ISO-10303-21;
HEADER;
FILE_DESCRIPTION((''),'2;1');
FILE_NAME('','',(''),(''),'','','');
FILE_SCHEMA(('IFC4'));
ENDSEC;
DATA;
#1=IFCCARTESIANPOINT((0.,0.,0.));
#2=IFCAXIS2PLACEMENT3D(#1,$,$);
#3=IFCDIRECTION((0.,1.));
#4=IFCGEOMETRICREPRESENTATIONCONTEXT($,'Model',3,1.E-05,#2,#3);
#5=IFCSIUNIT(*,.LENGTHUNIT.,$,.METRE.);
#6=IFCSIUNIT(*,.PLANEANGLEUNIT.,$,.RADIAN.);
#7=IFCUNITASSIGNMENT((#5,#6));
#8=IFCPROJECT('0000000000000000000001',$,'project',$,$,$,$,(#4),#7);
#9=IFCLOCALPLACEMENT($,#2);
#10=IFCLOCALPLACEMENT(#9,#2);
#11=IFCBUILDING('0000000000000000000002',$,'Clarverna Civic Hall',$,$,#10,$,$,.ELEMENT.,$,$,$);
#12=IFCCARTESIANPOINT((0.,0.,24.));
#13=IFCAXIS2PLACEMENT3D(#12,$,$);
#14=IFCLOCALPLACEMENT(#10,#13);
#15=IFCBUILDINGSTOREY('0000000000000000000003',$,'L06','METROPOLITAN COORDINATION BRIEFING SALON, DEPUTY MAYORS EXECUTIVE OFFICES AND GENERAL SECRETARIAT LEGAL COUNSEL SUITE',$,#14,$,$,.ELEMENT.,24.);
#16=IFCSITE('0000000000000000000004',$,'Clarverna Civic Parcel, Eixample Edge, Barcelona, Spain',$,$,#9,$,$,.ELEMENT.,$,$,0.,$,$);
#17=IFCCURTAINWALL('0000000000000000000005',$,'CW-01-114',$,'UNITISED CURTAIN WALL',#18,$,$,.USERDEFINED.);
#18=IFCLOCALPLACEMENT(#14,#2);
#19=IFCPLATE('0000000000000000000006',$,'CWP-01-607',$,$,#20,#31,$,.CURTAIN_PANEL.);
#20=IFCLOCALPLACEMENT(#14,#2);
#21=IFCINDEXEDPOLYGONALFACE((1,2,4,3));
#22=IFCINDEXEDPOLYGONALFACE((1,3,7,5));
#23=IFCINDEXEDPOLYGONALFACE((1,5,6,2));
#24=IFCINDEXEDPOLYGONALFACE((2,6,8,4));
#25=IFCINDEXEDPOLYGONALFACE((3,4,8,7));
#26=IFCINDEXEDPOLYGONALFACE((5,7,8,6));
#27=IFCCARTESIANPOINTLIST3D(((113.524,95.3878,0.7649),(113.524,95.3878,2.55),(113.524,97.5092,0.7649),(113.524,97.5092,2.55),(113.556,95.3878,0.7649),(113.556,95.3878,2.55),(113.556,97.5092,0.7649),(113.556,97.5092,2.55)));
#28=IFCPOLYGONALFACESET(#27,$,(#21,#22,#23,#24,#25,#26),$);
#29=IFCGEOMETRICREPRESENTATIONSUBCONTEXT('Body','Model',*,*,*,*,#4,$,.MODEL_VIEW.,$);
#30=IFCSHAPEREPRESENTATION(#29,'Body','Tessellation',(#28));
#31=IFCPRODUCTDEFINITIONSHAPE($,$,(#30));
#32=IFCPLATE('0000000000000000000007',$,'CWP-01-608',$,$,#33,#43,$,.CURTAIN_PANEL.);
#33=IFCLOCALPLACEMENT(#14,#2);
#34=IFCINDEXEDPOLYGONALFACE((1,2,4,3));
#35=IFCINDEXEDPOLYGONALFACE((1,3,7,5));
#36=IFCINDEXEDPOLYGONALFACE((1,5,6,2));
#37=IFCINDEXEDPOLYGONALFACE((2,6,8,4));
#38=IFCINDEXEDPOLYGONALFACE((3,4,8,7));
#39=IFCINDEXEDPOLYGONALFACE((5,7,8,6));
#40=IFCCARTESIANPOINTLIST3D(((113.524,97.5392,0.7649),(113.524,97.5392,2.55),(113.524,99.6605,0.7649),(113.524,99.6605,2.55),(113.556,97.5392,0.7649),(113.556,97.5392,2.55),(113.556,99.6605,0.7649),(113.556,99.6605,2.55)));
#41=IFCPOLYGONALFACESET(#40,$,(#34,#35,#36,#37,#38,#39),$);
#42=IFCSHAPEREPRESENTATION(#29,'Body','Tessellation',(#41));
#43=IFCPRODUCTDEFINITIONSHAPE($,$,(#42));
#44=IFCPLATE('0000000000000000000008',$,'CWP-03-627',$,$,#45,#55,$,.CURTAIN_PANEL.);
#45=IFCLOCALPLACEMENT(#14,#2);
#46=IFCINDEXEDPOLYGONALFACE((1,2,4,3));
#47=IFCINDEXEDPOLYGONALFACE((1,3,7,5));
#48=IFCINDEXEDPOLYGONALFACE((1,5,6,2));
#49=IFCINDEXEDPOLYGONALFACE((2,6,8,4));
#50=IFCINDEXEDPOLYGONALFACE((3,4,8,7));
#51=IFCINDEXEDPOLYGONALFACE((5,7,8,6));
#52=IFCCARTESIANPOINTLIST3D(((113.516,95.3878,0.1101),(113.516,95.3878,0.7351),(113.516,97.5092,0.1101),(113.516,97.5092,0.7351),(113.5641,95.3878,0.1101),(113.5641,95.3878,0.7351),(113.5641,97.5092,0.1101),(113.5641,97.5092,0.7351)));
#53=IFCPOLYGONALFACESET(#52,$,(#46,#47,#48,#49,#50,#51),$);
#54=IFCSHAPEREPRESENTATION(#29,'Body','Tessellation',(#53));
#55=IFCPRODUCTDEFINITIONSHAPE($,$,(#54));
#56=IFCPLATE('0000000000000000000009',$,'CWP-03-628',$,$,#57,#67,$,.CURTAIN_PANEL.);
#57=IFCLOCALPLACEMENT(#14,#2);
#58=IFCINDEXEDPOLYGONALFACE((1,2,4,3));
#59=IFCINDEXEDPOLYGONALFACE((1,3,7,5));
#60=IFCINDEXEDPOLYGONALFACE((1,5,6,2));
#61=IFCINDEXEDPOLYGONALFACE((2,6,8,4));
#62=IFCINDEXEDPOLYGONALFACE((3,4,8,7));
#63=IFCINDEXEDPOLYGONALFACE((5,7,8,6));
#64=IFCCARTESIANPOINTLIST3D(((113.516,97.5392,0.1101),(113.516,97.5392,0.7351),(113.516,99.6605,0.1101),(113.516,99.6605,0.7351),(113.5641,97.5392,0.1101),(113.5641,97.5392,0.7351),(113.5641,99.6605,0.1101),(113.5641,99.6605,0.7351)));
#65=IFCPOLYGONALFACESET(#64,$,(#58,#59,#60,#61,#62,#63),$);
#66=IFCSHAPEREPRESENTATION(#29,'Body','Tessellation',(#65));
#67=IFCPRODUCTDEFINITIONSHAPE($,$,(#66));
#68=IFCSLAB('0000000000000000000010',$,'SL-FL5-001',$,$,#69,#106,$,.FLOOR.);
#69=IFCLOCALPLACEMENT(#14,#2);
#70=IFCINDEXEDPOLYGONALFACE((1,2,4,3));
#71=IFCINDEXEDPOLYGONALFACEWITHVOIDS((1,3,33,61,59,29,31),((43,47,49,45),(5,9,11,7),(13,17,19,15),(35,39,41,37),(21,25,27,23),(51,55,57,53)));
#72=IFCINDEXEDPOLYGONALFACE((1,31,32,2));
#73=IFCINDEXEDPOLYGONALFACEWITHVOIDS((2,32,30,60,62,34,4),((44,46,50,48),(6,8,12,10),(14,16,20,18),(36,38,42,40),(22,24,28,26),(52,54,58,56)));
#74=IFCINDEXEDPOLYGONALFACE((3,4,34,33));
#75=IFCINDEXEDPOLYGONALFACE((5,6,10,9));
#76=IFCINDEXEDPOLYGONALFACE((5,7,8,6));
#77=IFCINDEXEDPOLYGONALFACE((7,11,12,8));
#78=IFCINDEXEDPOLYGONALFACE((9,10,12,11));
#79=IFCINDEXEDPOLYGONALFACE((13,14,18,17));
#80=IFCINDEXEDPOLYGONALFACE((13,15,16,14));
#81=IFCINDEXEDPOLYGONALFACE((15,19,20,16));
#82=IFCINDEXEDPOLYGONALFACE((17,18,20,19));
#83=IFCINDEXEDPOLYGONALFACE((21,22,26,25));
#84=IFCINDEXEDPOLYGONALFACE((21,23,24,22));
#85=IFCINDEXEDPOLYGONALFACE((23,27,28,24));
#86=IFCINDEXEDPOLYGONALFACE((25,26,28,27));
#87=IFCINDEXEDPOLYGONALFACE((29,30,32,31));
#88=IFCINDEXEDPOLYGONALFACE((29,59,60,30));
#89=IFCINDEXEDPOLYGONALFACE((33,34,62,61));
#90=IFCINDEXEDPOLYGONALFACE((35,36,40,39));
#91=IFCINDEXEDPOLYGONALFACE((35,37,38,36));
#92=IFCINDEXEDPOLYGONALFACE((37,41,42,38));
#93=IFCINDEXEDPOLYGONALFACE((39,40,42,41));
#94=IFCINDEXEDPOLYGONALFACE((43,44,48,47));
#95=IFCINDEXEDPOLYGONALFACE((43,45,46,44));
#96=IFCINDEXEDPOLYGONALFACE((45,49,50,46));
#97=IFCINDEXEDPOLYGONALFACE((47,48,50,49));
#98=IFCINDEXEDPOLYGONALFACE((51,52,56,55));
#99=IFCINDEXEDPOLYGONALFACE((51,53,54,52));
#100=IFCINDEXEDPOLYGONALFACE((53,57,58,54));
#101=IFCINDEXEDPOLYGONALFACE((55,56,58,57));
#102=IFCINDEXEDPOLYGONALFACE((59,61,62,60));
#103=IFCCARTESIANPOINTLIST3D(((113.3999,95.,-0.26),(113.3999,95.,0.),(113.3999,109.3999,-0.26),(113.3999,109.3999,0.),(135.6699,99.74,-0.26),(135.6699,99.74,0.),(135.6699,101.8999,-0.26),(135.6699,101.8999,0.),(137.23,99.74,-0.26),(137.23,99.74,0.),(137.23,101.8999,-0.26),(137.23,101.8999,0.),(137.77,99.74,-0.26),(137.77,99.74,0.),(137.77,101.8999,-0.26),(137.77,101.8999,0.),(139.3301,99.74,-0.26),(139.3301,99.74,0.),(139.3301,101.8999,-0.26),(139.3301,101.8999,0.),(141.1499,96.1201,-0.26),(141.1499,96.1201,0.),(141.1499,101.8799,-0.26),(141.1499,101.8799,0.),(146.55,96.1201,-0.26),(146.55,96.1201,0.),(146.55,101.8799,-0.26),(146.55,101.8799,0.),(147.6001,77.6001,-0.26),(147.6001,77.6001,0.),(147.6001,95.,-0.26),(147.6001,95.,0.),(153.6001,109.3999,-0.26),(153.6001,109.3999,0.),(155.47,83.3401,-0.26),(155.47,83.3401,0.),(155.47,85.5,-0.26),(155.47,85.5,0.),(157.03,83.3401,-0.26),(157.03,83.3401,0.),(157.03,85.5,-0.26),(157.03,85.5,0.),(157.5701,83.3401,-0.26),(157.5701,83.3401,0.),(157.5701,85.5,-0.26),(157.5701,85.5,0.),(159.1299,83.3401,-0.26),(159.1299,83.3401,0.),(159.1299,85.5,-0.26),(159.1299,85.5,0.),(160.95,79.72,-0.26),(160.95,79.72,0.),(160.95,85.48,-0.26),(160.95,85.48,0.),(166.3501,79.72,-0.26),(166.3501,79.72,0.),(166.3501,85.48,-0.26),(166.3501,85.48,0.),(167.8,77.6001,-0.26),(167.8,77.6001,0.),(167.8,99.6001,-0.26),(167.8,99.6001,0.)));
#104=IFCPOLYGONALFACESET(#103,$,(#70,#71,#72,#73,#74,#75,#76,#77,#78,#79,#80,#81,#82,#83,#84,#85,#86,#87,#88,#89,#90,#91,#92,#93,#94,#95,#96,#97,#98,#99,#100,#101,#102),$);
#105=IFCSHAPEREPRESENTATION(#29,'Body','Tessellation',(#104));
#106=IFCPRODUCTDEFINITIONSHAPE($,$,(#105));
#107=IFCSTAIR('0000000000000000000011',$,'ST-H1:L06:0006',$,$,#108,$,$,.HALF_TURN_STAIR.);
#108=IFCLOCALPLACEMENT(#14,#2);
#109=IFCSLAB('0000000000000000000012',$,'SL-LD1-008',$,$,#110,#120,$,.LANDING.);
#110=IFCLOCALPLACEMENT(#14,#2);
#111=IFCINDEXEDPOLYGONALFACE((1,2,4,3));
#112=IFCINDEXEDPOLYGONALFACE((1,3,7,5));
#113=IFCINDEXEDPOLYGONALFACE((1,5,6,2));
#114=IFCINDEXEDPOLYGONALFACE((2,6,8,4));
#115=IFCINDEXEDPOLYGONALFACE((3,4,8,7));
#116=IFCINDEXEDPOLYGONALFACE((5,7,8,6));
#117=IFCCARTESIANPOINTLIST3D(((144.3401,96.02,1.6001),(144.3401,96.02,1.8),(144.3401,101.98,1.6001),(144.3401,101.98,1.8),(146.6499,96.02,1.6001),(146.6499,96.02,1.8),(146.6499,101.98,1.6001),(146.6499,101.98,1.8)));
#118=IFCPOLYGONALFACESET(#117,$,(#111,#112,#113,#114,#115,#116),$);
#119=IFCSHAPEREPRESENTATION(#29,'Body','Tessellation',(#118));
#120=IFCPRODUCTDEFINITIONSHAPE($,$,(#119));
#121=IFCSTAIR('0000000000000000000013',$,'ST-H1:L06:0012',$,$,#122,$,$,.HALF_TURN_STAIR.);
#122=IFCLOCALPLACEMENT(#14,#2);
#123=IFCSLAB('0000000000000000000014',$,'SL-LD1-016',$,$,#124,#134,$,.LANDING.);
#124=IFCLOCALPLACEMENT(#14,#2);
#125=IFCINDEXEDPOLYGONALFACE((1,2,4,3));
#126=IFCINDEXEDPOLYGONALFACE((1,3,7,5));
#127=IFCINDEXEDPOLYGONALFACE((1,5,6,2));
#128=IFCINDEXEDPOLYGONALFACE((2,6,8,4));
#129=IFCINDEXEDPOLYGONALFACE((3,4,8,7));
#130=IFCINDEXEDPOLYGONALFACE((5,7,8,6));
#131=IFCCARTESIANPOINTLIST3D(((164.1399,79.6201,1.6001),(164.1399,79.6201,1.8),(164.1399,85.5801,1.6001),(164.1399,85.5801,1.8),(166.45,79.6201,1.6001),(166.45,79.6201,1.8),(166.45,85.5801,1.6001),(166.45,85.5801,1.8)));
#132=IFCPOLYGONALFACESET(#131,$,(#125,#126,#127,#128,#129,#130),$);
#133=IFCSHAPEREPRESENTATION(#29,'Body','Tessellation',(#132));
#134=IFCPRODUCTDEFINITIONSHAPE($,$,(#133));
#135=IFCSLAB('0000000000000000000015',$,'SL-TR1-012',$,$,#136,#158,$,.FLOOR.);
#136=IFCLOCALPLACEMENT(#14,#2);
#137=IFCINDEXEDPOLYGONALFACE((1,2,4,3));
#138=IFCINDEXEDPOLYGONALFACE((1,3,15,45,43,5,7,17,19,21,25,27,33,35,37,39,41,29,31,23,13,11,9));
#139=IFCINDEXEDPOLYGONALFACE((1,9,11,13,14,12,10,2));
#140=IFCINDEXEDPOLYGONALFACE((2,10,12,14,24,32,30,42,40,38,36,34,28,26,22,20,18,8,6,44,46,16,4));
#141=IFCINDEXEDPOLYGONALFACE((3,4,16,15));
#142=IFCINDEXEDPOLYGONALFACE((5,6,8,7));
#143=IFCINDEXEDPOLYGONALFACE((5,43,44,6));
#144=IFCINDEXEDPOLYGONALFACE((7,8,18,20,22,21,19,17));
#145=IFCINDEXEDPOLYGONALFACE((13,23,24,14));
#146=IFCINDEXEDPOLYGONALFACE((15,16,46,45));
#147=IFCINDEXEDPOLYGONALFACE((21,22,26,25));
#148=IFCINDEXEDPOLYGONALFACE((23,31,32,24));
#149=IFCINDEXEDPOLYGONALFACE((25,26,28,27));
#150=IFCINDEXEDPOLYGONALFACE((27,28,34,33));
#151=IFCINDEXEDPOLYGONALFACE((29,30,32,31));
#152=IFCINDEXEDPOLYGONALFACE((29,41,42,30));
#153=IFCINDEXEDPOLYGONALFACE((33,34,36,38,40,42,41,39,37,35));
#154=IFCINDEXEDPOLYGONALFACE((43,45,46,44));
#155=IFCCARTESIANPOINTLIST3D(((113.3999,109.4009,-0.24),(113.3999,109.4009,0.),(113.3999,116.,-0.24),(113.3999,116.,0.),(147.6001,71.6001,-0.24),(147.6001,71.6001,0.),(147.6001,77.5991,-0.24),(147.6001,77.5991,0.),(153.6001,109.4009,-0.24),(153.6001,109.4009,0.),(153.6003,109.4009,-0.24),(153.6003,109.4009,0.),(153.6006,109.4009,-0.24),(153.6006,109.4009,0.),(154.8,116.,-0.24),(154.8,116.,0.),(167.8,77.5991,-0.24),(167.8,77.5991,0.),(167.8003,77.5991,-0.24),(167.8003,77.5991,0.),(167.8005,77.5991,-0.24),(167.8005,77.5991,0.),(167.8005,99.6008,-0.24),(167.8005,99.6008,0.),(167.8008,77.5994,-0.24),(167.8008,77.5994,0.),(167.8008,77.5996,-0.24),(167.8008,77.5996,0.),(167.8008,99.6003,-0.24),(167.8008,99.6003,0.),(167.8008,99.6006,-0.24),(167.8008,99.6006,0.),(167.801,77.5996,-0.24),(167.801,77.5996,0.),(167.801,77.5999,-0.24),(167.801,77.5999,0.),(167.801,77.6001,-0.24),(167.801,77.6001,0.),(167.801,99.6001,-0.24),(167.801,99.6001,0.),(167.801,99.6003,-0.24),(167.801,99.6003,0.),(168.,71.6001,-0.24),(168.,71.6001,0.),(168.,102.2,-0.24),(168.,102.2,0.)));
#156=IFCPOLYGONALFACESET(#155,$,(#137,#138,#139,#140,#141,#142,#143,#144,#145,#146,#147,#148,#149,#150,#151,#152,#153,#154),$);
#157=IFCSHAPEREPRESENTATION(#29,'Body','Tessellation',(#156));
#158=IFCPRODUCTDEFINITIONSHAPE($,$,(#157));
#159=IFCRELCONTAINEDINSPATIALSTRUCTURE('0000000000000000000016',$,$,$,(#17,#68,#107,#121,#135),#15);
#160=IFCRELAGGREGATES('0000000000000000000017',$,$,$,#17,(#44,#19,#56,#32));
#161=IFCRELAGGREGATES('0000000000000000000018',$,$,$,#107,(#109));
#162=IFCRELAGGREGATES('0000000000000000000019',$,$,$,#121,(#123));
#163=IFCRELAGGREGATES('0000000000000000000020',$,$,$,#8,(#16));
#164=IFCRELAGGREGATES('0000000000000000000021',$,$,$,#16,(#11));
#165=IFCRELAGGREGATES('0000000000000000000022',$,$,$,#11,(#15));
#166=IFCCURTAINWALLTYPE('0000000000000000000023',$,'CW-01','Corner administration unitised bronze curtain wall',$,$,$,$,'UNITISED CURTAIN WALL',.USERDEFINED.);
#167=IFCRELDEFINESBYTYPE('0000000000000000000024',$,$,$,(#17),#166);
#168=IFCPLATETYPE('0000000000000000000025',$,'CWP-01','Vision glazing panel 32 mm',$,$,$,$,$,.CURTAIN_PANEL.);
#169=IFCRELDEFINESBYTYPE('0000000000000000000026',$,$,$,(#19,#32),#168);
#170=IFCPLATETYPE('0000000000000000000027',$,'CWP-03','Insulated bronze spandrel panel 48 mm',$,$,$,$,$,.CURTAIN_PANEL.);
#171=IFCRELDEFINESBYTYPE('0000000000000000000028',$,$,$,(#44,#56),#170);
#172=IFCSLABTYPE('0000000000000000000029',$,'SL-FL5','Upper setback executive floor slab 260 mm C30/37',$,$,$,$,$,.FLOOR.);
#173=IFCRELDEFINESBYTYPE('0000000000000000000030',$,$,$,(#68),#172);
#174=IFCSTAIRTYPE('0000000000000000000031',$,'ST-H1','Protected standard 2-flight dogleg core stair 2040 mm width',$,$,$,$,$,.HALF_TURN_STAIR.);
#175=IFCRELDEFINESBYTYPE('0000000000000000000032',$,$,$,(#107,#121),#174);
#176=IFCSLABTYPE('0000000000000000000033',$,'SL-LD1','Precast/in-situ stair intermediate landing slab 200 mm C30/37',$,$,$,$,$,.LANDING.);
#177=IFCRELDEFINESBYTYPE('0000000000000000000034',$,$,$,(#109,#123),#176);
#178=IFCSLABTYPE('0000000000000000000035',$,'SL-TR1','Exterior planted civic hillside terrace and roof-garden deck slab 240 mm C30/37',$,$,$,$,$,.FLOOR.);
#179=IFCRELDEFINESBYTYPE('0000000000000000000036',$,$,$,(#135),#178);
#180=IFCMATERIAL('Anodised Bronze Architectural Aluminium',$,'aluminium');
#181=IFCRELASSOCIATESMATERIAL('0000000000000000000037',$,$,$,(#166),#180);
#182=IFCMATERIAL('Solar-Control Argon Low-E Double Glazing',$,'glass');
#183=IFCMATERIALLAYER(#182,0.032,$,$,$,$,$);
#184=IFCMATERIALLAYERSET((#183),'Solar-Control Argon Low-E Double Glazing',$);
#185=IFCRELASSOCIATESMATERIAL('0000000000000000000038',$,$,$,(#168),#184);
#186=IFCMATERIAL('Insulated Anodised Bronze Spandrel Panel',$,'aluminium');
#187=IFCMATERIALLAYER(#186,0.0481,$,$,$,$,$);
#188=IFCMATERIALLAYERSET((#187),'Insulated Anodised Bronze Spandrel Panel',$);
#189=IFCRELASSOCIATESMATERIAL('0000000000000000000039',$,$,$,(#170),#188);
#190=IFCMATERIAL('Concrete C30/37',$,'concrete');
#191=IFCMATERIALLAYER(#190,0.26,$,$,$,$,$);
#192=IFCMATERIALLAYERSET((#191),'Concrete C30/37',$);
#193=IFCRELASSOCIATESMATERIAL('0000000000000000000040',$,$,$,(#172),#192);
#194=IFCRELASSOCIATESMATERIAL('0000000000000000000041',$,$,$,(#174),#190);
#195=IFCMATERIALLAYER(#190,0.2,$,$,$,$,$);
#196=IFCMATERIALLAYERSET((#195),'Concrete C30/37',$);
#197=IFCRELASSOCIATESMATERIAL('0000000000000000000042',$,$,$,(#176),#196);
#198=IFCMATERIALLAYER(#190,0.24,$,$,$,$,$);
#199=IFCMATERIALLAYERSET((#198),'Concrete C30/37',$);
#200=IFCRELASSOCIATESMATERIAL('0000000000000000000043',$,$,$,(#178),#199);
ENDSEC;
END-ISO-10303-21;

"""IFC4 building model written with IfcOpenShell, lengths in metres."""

from ifc_helpers import new_model, si_unit, direction, frame, frame_2d, origin, place, context, subcontext, project, spatial, polyline, rectangle, outline, extrude, material, layer, layer_set, type_object, element, aggregate, save


model = new_model("IFC4")

# Units and contexts
model_context = context("Model", 3, precision=1e-05, world=origin(), true_north=direction((0.0, 1.0)))
body_context = subcontext(model_context, "Body", "Model", "MODEL_VIEW")
ifc_project = project(units=[si_unit("LENGTHUNIT", "METRE"), si_unit("PLANEANGLEUNIT", "RADIAN")], contexts=[model_context])

# Site, building, storey
site_placement = place(None, origin())
site = spatial("IfcSite", under=ifc_project, at=site_placement, Name="Clarverna Civic Parcel, Eixample Edge, Barcelona, Spain", CompositionType="ELEMENT", RefElevation=0.0)
building_placement = place(site_placement, origin())
building = spatial("IfcBuilding", under=site, at=building_placement, Name="Clarverna Civic Hall", CompositionType="ELEMENT")
storey_placement = place(building_placement, frame((0.0, 0.0, 24.0)))
storey = spatial("IfcBuildingStorey", under=building, at=storey_placement, Name="L06", Description="METROPOLITAN COORDINATION BRIEFING SALON, DEPUTY MAYORS EXECUTIVE OFFICES AND GENERAL SECRETARIAT LEGAL COUNSEL SUITE", CompositionType="ELEMENT", Elevation=24.0)

# Curtain wall, plates
ifc_material_1 = material(Name="Anodised Bronze Architectural Aluminium", Category="aluminium")
curtain_wall_type = type_object("IfcCurtainWallType", Name="CW-01", Description="Corner administration unitised bronze curtain wall", ElementType="UNITISED CURTAIN WALL", PredefinedType="USERDEFINED", material=ifc_material_1)
curtain_wall_placement = place(storey_placement, origin())
curtain_wall = element("IfcCurtainWall", 1, at=curtain_wall_placement, inside=storey, type_object=curtain_wall_type, Name="CW-01-114", ObjectType="UNITISED CURTAIN WALL", PredefinedType="USERDEFINED")
ifc_material_2 = material(Name="Solar-Control Argon Low-E Double Glazing", Category="glass")
ifc_layer_1 = layer(ifc_material_2, 0.032)
ifc_layer_set_1 = layer_set([ifc_layer_1], Name="Solar-Control Argon Low-E Double Glazing")
plate_type_1 = type_object("IfcPlateType", Name="CWP-01", Description="Vision glazing panel 32 mm", PredefinedType="CURTAIN_PANEL", material=ifc_layer_set_1)
plate_1_placement = place(storey_placement, frame((113.54, 95.3879, 0.7649), z_axis=(0.0, 0.0, 1.0), x_axis=(0.0, 1.0, 0.0)))
plate_1 = element("IfcPlate", 2, at=plate_1_placement, type_object=plate_type_1, Name="CWP-01-607", PredefinedType="CURTAIN_PANEL", context=body_context, shape_type="SweptSolid", body=[
    extrude(rectangle(XDim=2.1213, YDim=0.032, at=frame_2d((1.0605, 0.0))), origin(), (0.0, 0.0, 1.0), 1.7852),
])
plate_2_placement = place(storey_placement, frame((113.54, 97.5393, 0.7649), z_axis=(0.0, 0.0, 1.0), x_axis=(0.0, 1.0, 0.0)))
plate_2 = element("IfcPlate", 3, at=plate_2_placement, type_object=plate_type_1, Name="CWP-01-608", PredefinedType="CURTAIN_PANEL", context=body_context, shape_type="SweptSolid", body=[
    extrude(rectangle(XDim=2.1213, YDim=0.032, at=frame_2d((1.0605, 0.0))), origin(), (0.0, 0.0, 1.0), 1.7852),
])
ifc_material_3 = material(Name="Insulated Anodised Bronze Spandrel Panel", Category="aluminium")
ifc_layer_2 = layer(ifc_material_3, 0.0481)
ifc_layer_set_2 = layer_set([ifc_layer_2], Name="Insulated Anodised Bronze Spandrel Panel")
plate_type_2 = type_object("IfcPlateType", Name="CWP-03", Description="Insulated bronze spandrel panel 48 mm", PredefinedType="CURTAIN_PANEL", material=ifc_layer_set_2)
plate_3_placement = place(storey_placement, frame((113.54, 95.3879, 0.1101), z_axis=(0.0, 0.0, 1.0), x_axis=(0.0, 1.0, 0.0)))
plate_3 = element("IfcPlate", 4, at=plate_3_placement, type_object=plate_type_2, Name="CWP-03-627", PredefinedType="CURTAIN_PANEL", context=body_context, shape_type="SweptSolid", body=[
    extrude(rectangle(XDim=2.1213, YDim=0.0481, at=frame_2d((1.0605, 0.0))), origin(), (0.0, 0.0, 1.0), 0.625),
])
plate_4_placement = place(storey_placement, frame((113.54, 97.5393, 0.1101), z_axis=(0.0, 0.0, 1.0), x_axis=(0.0, 1.0, 0.0)))
plate_4 = element("IfcPlate", 5, at=plate_4_placement, type_object=plate_type_2, Name="CWP-03-628", PredefinedType="CURTAIN_PANEL", context=body_context, shape_type="SweptSolid", body=[
    extrude(rectangle(XDim=2.1213, YDim=0.0481, at=frame_2d((1.0605, 0.0))), origin(), (0.0, 0.0, 1.0), 0.625),
])
aggregate(curtain_wall, [plate_3, plate_1, plate_4, plate_2])

# Slab
ifc_material_4 = material(Name="Concrete C30/37", Category="concrete")
ifc_layer_3 = layer(ifc_material_4, 0.26)
ifc_layer_set_3 = layer_set([ifc_layer_3], Name="Concrete C30/37")
slab_type_1 = type_object("IfcSlabType", Name="SL-FL5", Description="Upper setback executive floor slab 260 mm C30/37", PredefinedType="FLOOR", material=ifc_layer_set_3)
slab_1_placement = place(storey_placement, frame((0.0, 0.0, -0.26)))
element("IfcSlab", 6, at=slab_1_placement, inside=storey, type_object=slab_type_1, Name="SL-FL5-001", PredefinedType="FLOOR", context=body_context, shape_type="SweptSolid", body=[
    extrude(outline(polyline([(113.3999, 95.0), (147.6001, 95.0), (147.6001, 77.6001), (167.8, 77.6001), (167.8, 99.6001), (153.6001, 109.3999), (113.3999, 109.3999), (113.3999, 95.0)]), holes=[polyline([(141.1499, 96.1201), (146.55, 96.1201), (146.55, 101.8799), (141.1499, 101.8799), (141.1499, 96.1201)]), polyline([(135.6699, 99.74), (137.23, 99.74), (137.23, 101.8999), (135.6699, 101.8999), (135.6699, 99.74)]), polyline([(137.77, 99.74), (139.3301, 99.74), (139.3301, 101.8999), (137.77, 101.8999), (137.77, 99.74)]), polyline([(160.95, 79.72), (166.3501, 79.72), (166.3501, 85.48), (160.95, 85.48), (160.95, 79.72)]), polyline([(155.47, 83.3401), (157.03, 83.3401), (157.03, 85.5), (155.47, 85.5), (155.47, 83.3401)]), polyline([(157.5701, 83.3401), (159.1299, 83.3401), (159.1299, 85.5), (157.5701, 85.5), (157.5701, 83.3401)])]), origin(), (0.0, 0.0, 1.0), 0.26),
])

# Stairs, slabs
stair_type = type_object("IfcStairType", Name="ST-H1", Description="Protected standard 2-flight dogleg core stair 2040 mm width", PredefinedType="HALF_TURN_STAIR", material=ifc_material_4)
stair_1_placement = place(storey_placement, origin())
stair_1 = element("IfcStair", 7, at=stair_1_placement, inside=storey, type_object=stair_type, Name="ST-H1:L06:0006", PredefinedType="HALF_TURN_STAIR")
ifc_layer_4 = layer(ifc_material_4, 0.2)
ifc_layer_set_4 = layer_set([ifc_layer_4], Name="Concrete C30/37")
slab_type_2 = type_object("IfcSlabType", Name="SL-LD1", Description="Precast/in-situ stair intermediate landing slab 200 mm C30/37", PredefinedType="LANDING", material=ifc_layer_set_4)
slab_2_placement = place(storey_placement, frame((0.0, 0.0, 1.6001)))
slab_2 = element("IfcSlab", 8, at=slab_2_placement, type_object=slab_type_2, Name="SL-LD1-008", PredefinedType="LANDING", context=body_context, shape_type="SweptSolid", body=[
    extrude(outline(polyline([(144.3401, 96.02), (146.6499, 96.02), (146.6499, 101.98), (144.3401, 101.98), (144.3401, 96.02)])), origin(), (0.0, 0.0, 1.0), 0.2),
])
aggregate(stair_1, [slab_2])
stair_2_placement = place(storey_placement, origin())
stair_2 = element("IfcStair", 9, at=stair_2_placement, inside=storey, type_object=stair_type, Name="ST-H1:L06:0012", PredefinedType="HALF_TURN_STAIR")
slab_3_placement = place(storey_placement, frame((0.0, 0.0, 1.6001)))
slab_3 = element("IfcSlab", 10, at=slab_3_placement, type_object=slab_type_2, Name="SL-LD1-016", PredefinedType="LANDING", context=body_context, shape_type="SweptSolid", body=[
    extrude(outline(polyline([(164.1399, 79.6201), (166.45, 79.6201), (166.45, 85.5801), (164.1399, 85.5801), (164.1399, 79.6201)])), origin(), (0.0, 0.0, 1.0), 0.2),
])
aggregate(stair_2, [slab_3])

# Slab
ifc_layer_5 = layer(ifc_material_4, 0.24)
ifc_layer_set_5 = layer_set([ifc_layer_5], Name="Concrete C30/37")
slab_type_3 = type_object("IfcSlabType", Name="SL-TR1", Description="Exterior planted civic hillside terrace and roof-garden deck slab 240 mm C30/37", PredefinedType="FLOOR", material=ifc_layer_set_5)
slab_4_placement = place(storey_placement, frame((0.0, 0.0, -0.24)))
element("IfcSlab", 11, at=slab_4_placement, inside=storey, type_object=slab_type_3, Name="SL-TR1-012", PredefinedType="FLOOR", context=body_context, shape_type="SweptSolid", body=[
    extrude(outline(polyline([(113.3999, 116.0), (113.3999, 109.4009), (153.6001, 109.4009), (153.6001, 109.4009), (153.6001, 109.4009), (153.6003, 109.4009), (153.6003, 109.4009), (153.6006, 109.4009), (153.6006, 109.4009), (167.8005, 99.6008), (167.8005, 99.6008), (167.8008, 99.6006), (167.8008, 99.6006), (167.8008, 99.6006), (167.8008, 99.6006), (167.8008, 99.6003), (167.801, 99.6003), (167.801, 99.6001), (167.801, 99.6001), (167.801, 99.6001), (167.801, 77.6001), (167.801, 77.5999), (167.801, 77.5999), (167.801, 77.5996), (167.8008, 77.5996), (167.8008, 77.5996), (167.8008, 77.5994), (167.8008, 77.5994), (167.8008, 77.5994), (167.8005, 77.5991), (167.8005, 77.5991), (167.8005, 77.5991), (167.8003, 77.5991), (167.8003, 77.5991), (167.8003, 77.5991), (167.8, 77.5991), (167.8, 77.5991), (147.6001, 77.5991), (147.6001, 71.6001), (168.0, 71.6001), (168.0, 102.2), (154.8, 116.0), (113.3999, 116.0)])), origin(), (0.0, 0.0, 1.0), 0.24),
])

save(model, "model.ifc")
